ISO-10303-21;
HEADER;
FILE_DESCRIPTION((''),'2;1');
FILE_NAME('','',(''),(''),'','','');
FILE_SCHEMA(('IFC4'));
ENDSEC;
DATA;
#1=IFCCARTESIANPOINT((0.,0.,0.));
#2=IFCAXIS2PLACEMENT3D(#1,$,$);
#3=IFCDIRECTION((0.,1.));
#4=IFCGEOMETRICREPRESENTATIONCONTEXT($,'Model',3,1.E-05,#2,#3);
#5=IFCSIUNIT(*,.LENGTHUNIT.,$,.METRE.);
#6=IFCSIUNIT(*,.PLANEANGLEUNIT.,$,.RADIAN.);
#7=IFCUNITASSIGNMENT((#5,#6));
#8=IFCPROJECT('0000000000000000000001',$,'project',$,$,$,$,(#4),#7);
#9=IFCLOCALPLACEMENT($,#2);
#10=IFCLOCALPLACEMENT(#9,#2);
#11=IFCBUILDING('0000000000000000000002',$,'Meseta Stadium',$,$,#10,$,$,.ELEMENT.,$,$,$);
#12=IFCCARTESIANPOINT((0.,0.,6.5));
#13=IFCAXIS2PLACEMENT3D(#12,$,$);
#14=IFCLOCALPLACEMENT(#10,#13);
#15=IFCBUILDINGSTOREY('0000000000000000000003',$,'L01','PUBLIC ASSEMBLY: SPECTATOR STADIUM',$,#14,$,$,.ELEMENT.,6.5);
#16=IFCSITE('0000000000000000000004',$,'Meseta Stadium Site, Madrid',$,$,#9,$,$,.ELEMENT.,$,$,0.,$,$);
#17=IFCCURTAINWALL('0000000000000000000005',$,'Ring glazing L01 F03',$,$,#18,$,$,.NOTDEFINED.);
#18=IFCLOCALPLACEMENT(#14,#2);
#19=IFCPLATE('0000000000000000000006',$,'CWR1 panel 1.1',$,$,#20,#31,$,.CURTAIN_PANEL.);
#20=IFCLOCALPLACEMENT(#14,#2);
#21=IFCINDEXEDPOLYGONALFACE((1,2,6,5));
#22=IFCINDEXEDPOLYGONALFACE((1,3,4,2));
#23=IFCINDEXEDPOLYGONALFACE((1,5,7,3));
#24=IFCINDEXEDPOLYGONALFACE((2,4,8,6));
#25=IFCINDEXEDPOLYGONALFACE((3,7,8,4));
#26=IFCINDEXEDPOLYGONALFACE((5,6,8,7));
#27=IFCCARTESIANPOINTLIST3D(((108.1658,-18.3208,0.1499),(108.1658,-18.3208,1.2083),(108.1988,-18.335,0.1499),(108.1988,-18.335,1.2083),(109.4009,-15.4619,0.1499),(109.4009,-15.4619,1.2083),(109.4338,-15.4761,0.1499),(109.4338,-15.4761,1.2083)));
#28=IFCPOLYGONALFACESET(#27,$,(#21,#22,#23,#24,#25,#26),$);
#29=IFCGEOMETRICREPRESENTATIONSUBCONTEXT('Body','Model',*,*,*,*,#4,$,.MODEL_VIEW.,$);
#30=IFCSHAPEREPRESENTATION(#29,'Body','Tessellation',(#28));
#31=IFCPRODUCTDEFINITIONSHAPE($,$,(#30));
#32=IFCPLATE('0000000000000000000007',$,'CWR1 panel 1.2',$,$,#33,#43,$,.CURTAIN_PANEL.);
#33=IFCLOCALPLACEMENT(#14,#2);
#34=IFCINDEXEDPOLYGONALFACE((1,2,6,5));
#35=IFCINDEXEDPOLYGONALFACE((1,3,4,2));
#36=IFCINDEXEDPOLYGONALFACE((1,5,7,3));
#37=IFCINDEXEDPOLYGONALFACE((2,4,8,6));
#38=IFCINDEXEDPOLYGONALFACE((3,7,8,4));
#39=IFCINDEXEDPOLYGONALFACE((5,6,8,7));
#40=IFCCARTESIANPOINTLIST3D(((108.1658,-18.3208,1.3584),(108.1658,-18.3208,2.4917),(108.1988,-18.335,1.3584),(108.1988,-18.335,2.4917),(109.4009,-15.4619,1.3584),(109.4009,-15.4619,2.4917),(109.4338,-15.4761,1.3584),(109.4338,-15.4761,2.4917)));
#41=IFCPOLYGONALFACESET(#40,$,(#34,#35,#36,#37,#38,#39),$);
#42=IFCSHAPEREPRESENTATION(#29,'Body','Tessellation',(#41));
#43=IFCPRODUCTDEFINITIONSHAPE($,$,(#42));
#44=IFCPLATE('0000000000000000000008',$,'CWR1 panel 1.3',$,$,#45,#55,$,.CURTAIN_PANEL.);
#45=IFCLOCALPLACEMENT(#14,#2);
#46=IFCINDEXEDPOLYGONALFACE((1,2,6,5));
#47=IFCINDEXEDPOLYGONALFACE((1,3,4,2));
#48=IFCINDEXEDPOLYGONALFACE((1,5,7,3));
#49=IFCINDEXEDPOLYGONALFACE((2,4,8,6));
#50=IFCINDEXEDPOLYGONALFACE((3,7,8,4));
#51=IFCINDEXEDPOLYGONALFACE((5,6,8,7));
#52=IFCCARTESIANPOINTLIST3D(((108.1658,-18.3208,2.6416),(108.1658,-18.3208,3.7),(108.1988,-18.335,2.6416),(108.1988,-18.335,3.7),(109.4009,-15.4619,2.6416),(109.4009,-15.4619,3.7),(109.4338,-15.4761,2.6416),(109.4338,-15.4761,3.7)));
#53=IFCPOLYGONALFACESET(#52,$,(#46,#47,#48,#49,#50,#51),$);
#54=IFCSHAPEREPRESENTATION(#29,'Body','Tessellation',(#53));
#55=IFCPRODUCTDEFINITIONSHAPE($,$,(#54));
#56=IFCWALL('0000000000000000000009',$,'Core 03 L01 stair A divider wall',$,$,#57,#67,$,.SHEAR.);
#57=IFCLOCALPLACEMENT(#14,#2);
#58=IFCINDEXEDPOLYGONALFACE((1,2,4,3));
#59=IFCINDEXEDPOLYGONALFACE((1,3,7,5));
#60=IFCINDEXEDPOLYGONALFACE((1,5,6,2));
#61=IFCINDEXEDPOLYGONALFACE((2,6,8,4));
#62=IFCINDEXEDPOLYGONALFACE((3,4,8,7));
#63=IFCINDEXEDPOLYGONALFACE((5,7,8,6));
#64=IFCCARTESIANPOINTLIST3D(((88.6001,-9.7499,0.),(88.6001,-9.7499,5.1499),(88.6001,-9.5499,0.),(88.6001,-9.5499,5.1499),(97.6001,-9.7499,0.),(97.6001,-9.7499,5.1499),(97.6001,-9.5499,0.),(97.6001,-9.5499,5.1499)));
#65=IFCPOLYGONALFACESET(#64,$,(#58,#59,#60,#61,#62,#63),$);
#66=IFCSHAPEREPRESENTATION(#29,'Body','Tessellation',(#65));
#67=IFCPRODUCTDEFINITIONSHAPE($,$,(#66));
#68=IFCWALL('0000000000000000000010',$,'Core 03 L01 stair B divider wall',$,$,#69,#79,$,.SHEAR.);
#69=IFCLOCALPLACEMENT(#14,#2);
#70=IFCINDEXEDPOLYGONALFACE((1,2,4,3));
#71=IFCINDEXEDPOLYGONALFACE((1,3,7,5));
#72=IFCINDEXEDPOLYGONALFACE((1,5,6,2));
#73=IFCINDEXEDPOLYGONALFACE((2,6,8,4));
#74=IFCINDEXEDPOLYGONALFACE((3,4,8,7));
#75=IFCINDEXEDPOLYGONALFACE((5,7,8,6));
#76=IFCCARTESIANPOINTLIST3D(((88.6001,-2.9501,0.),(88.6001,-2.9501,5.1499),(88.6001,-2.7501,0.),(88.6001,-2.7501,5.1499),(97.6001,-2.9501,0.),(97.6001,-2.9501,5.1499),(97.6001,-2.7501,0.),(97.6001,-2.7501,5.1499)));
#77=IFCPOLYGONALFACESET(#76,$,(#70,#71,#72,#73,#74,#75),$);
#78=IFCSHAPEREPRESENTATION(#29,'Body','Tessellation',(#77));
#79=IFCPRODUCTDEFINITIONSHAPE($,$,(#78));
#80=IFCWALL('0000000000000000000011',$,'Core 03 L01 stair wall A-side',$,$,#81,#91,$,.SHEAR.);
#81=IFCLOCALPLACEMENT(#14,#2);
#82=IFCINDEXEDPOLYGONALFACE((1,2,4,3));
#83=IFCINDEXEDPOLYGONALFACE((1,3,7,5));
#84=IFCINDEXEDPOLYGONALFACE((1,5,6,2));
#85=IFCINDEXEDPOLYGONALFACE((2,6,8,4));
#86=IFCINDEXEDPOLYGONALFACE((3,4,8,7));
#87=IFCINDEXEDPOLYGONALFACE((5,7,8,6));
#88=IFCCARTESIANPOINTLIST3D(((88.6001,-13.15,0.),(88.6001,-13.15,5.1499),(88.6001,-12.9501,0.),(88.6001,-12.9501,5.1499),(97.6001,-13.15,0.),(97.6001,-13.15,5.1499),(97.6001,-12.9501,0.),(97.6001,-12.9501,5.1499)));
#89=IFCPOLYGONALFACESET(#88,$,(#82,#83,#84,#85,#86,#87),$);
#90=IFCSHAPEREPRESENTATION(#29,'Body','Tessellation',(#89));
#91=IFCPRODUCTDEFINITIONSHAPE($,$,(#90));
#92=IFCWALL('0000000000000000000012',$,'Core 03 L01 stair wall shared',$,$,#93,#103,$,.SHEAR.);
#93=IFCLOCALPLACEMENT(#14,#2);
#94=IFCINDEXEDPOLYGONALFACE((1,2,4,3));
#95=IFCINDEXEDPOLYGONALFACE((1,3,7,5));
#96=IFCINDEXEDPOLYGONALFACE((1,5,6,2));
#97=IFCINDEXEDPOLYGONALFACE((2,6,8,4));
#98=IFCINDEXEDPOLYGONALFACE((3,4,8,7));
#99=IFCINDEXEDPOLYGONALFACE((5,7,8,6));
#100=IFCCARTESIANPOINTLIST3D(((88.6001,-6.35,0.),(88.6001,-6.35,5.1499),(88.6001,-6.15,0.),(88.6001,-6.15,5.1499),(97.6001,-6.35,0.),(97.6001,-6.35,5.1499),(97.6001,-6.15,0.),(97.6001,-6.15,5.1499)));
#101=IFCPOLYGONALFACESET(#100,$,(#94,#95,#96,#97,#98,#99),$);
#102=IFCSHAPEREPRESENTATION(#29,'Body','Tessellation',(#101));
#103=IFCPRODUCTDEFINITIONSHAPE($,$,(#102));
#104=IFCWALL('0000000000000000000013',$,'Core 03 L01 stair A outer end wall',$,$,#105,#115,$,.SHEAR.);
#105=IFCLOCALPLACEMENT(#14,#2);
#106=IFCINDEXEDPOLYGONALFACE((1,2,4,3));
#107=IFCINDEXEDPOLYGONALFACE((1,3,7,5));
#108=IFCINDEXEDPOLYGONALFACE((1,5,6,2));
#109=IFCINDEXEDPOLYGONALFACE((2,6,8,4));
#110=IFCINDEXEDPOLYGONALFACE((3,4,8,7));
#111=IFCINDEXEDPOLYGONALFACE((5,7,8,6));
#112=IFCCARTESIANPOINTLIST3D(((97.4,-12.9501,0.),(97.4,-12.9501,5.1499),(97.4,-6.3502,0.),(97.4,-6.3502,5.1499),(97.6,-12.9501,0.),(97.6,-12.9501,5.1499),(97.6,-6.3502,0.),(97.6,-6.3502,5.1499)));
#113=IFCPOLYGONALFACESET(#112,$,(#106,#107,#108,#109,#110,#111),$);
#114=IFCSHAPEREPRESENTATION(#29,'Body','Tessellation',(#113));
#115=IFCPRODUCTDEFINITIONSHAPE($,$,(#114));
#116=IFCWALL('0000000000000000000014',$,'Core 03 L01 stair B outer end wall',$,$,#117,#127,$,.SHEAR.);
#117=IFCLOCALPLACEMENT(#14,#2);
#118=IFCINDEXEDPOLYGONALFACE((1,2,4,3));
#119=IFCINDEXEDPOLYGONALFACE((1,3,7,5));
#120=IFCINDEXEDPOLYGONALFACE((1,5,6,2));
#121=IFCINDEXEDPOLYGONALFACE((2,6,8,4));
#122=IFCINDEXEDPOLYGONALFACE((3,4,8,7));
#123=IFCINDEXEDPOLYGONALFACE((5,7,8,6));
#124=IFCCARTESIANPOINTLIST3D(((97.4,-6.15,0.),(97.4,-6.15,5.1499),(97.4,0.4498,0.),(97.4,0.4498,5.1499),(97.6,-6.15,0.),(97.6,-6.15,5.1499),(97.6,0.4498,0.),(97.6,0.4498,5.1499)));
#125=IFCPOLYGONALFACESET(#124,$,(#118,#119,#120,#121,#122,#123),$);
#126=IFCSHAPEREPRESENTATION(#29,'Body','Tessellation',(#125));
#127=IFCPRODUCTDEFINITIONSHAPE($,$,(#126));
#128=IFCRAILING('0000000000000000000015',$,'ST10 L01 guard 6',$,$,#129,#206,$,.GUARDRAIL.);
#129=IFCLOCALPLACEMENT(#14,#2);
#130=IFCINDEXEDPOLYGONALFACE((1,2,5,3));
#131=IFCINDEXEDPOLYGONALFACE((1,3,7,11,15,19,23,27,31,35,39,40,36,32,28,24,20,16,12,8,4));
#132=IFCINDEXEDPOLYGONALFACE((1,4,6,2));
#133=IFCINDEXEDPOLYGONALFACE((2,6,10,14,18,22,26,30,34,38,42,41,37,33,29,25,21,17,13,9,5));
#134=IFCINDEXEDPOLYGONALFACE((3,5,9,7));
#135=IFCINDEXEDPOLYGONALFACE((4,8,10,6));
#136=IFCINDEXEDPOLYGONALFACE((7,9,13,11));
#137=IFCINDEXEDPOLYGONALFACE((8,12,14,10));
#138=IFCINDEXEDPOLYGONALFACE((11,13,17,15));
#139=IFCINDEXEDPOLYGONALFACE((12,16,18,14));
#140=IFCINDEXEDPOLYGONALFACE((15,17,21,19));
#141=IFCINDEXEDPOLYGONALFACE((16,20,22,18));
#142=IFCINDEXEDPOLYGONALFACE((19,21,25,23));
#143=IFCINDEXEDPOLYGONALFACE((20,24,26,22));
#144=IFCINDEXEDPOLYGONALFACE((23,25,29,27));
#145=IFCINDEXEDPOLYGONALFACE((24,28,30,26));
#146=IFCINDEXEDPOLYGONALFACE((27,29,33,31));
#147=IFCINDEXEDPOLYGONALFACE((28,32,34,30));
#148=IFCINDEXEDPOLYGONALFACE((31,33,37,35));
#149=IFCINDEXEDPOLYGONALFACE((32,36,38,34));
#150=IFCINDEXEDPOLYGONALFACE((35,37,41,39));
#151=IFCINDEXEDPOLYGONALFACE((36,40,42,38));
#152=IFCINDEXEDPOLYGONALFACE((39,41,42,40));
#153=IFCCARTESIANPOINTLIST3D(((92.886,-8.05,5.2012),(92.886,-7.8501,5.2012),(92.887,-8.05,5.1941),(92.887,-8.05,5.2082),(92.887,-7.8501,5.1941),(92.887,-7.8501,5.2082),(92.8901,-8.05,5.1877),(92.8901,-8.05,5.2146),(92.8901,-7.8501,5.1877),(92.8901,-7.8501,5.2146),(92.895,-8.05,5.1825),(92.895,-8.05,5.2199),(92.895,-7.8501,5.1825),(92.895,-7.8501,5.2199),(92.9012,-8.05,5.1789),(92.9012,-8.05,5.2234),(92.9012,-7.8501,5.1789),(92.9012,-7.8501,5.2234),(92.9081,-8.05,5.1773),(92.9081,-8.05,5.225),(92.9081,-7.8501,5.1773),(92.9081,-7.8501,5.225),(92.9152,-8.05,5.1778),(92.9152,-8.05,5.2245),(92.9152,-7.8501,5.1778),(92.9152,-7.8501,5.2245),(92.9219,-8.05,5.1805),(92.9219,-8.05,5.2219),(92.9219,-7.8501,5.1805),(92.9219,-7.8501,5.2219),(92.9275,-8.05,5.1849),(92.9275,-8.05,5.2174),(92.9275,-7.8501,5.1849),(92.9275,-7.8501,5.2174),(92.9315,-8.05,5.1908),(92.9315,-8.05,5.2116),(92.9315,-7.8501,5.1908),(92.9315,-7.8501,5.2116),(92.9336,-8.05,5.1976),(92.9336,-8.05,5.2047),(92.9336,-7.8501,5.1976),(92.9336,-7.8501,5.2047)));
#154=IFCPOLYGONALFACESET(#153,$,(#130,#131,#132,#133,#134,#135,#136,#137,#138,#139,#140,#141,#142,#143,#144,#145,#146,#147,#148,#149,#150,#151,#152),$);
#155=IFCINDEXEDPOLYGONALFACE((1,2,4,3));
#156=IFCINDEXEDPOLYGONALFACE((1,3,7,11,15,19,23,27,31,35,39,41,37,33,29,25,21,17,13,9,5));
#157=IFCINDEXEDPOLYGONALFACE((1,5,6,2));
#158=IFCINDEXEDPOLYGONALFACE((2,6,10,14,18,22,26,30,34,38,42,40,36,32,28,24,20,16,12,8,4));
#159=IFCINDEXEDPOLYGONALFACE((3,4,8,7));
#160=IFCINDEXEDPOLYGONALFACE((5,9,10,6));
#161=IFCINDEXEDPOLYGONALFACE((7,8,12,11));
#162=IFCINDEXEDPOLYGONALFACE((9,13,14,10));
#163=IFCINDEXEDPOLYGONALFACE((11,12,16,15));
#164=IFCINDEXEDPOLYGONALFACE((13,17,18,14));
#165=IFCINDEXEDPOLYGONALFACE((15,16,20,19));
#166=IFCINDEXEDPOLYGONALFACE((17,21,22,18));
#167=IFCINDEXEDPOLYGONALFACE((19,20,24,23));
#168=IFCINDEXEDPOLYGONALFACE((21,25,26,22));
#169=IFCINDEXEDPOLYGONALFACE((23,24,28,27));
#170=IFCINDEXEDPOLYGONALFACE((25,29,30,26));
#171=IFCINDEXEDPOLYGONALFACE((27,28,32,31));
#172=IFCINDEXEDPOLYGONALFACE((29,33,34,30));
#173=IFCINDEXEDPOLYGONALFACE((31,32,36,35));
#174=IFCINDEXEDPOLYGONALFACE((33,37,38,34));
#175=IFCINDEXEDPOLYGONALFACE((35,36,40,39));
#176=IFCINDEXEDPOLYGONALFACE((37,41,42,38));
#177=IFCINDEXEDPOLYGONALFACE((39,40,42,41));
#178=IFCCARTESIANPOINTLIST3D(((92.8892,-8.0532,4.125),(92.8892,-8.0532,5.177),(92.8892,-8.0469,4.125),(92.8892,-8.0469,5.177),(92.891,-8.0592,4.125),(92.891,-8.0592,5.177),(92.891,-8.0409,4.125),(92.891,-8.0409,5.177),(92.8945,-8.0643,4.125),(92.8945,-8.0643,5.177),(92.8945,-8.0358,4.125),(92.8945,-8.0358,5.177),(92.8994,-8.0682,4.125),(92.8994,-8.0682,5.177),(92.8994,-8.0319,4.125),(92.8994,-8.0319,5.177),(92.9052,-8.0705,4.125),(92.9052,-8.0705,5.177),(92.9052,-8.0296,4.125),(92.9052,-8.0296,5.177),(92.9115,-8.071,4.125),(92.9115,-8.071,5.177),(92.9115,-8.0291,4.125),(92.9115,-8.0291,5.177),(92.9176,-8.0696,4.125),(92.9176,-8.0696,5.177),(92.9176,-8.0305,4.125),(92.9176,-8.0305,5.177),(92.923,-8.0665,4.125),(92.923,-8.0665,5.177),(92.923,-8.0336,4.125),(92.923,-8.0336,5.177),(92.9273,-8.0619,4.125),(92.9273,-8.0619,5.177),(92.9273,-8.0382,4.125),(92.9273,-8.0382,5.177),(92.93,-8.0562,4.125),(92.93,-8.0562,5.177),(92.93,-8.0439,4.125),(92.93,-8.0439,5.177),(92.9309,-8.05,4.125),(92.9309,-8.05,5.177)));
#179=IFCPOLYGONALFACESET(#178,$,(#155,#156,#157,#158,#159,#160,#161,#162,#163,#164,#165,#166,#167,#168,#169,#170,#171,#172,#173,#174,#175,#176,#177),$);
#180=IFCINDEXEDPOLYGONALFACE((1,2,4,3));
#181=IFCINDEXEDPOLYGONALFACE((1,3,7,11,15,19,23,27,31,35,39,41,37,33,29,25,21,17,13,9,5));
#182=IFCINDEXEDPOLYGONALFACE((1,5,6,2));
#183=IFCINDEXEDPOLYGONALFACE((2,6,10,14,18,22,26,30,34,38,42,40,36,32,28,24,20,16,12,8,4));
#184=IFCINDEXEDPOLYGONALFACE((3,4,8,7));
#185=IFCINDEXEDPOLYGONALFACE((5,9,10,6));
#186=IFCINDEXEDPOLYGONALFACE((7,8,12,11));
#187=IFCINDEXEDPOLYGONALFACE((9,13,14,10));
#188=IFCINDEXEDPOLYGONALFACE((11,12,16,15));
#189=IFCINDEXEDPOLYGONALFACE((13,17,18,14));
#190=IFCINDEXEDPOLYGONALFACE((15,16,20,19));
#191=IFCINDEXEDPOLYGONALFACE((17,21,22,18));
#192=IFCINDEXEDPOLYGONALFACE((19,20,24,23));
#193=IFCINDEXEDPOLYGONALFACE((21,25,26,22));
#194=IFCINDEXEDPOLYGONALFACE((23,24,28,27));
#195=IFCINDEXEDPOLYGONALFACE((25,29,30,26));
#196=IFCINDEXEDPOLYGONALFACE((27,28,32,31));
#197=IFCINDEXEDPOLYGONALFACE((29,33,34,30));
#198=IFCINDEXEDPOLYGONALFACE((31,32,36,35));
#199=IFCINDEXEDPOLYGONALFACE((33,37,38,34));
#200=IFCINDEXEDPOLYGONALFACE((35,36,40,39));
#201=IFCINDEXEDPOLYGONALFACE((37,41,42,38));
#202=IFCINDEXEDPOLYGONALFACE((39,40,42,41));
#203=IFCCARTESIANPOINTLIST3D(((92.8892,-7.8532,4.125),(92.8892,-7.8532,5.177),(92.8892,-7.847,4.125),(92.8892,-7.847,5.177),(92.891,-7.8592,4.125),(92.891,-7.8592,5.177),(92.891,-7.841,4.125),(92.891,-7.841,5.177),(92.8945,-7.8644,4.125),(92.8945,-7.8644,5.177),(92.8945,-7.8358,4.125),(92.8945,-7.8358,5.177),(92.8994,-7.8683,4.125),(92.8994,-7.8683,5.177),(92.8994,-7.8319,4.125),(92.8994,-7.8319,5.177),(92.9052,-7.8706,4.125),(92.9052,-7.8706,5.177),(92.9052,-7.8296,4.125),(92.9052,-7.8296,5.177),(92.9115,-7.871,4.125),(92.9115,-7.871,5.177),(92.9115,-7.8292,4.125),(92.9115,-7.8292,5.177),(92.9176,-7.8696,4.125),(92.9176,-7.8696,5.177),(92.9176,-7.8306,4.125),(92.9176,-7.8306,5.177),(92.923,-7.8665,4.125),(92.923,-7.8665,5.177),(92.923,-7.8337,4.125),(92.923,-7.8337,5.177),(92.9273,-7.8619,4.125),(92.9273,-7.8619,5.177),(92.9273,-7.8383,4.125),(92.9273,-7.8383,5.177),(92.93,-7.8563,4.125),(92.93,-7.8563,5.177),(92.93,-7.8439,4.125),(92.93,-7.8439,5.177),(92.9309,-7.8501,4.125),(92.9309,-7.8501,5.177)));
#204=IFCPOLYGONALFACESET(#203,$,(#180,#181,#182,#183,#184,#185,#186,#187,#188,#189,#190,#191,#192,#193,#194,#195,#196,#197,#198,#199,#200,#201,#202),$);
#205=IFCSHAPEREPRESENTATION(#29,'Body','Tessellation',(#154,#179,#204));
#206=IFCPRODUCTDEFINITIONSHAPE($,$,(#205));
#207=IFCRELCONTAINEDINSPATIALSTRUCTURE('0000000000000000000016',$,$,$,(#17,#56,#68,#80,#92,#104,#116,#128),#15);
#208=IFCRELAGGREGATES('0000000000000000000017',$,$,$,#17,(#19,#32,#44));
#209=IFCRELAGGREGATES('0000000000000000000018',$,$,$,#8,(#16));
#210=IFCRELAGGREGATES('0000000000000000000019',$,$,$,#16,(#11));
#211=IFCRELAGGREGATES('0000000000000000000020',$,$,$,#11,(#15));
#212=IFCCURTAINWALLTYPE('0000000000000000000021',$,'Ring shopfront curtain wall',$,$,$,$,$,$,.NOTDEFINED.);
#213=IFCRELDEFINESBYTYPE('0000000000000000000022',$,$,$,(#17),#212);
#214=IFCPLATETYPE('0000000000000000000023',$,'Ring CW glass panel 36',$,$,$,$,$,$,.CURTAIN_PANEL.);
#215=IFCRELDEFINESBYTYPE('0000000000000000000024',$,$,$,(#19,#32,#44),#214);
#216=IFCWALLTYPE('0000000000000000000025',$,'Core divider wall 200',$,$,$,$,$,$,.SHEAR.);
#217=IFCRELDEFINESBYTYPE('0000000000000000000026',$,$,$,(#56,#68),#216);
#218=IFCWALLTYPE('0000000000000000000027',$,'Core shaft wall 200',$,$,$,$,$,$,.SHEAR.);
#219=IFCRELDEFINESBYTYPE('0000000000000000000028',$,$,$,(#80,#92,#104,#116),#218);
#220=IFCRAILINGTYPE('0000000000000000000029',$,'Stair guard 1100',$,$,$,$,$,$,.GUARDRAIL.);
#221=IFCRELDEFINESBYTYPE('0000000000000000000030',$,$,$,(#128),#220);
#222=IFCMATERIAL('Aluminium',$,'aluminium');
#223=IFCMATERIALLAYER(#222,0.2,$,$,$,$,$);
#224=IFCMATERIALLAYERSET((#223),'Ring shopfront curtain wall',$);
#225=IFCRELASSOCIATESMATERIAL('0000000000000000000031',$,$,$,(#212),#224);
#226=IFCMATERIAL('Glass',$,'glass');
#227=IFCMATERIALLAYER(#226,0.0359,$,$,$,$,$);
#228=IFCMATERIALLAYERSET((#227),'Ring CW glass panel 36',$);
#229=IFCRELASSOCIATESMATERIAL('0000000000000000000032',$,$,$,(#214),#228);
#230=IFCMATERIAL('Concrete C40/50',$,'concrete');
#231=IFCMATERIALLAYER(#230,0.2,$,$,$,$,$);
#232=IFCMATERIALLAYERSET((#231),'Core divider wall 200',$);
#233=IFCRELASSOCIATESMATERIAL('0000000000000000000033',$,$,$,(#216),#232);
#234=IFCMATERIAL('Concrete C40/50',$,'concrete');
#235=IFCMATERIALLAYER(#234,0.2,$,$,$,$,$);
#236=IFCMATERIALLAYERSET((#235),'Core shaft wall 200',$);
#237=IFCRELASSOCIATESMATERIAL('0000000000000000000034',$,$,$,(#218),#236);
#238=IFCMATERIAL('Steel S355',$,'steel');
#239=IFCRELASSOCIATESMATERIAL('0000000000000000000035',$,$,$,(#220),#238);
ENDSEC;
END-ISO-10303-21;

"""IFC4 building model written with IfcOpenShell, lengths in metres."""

from ifc_helpers import new_model, si_unit, direction, frame, frame_2d, origin, origin_2d, place, context, subcontext, project, spatial, rectangle, circle, extrude, material, layer, layer_set, type_object, element, aggregate, save


model = new_model("IFC4")

# Units and contexts
model_context = context("Model", 3, precision=1e-05, world=origin(), true_north=direction((0.0, 1.0)))
body_context = subcontext(model_context, "Body", "Model", "MODEL_VIEW")
ifc_project = project(units=[si_unit("LENGTHUNIT", "METRE"), si_unit("PLANEANGLEUNIT", "RADIAN")], contexts=[model_context])

# Site, building, storey
site_placement = place(None, origin())
site = spatial("IfcSite", under=ifc_project, at=site_placement, Name="Meseta Stadium Site, Madrid", CompositionType="ELEMENT", RefElevation=0.0)
building_placement = place(site_placement, origin())
building = spatial("IfcBuilding", under=site, at=building_placement, Name="Meseta Stadium", CompositionType="ELEMENT")
storey_placement = place(building_placement, frame((0.0, 0.0, 6.5)))
storey = spatial("IfcBuildingStorey", under=building, at=storey_placement, Name="L01", Description="PUBLIC ASSEMBLY: SPECTATOR STADIUM", CompositionType="ELEMENT", Elevation=6.5)

# Curtain wall, plates
ifc_material_1 = material(Name="Aluminium", Category="aluminium")
ifc_layer_1 = layer(ifc_material_1, 0.2)
ifc_layer_set_1 = layer_set([ifc_layer_1], Name="Ring shopfront curtain wall")
curtain_wall_type = type_object("IfcCurtainWallType", Name="Ring shopfront curtain wall", PredefinedType="NOTDEFINED", material=ifc_layer_set_1)
curtain_wall_placement = place(storey_placement, origin())
curtain_wall = element("IfcCurtainWall", 1, at=curtain_wall_placement, inside=storey, type_object=curtain_wall_type, Name="Ring glazing L01 F03", PredefinedType="NOTDEFINED")
ifc_material_2 = material(Name="Glass", Category="glass")
ifc_layer_2 = layer(ifc_material_2, 0.0359)
ifc_layer_set_2 = layer_set([ifc_layer_2], Name="Ring CW glass panel 36")
plate_type = type_object("IfcPlateType", Name="Ring CW glass panel 36", PredefinedType="CURTAIN_PANEL", material=ifc_layer_set_2)
plate_1_placement = place(storey_placement, frame((108.7998, -16.8984, 0.1499), z_axis=(0.0, 0.0, 1.0), x_axis=(0.396581, 0.918, 0.0)))
plate_1 = element("IfcPlate", 2, at=plate_1_placement, type_object=plate_type, Name="CWR1 panel 1.1", PredefinedType="CURTAIN_PANEL", context=body_context, shape_type="SweptSolid", body=[
    extrude(rectangle(XDim=3.1143, YDim=0.0359, at=origin_2d()), origin(), (0.0, 0.0, 1.0), 1.0583),
])
plate_2_placement = place(storey_placement, frame((108.7998, -16.8984, 1.3584), z_axis=(0.0, 0.0, 1.0), x_axis=(0.396581, 0.918, 0.0)))
plate_2 = element("IfcPlate", 3, at=plate_2_placement, type_object=plate_type, Name="CWR1 panel 1.2", PredefinedType="CURTAIN_PANEL", context=body_context, shape_type="SweptSolid", body=[
    extrude(rectangle(XDim=3.1143, YDim=0.0359, at=origin_2d()), origin(), (0.0, 0.0, 1.0), 1.1333),
])
plate_3_placement = place(storey_placement, frame((108.7998, -16.8984, 2.6416), z_axis=(0.0, 0.0, 1.0), x_axis=(0.396581, 0.918, 0.0)))
plate_3 = element("IfcPlate", 4, at=plate_3_placement, type_object=plate_type, Name="CWR1 panel 1.3", PredefinedType="CURTAIN_PANEL", context=body_context, shape_type="SweptSolid", body=[
    extrude(rectangle(XDim=3.1143, YDim=0.0359, at=origin_2d()), origin(), (0.0, 0.0, 1.0), 1.0583),
])
aggregate(curtain_wall, [plate_1, plate_2, plate_3])

# Walls
ifc_material_3 = material(Name="Concrete C40/50", Category="concrete")
ifc_layer_3 = layer(ifc_material_3, 0.2)
ifc_layer_set_3 = layer_set([ifc_layer_3], Name="Core divider wall 200")
wall_type_1 = type_object("IfcWallType", Name="Core divider wall 200", PredefinedType="SHEAR", material=ifc_layer_set_3)
for number, where, z_axis, x_axis, name in (
    (5, (97.6001, -9.6499, 0.0), (0.0, 0.0, 1.0), (-1.0, 0.0, 0.0), "Core 03 L01 stair A divider wall"),
    (6, (97.6001, -2.8501, 0.0), (0.0, 0.0, 1.0), (-1.0, 0.0, 0.0), "Core 03 L01 stair B divider wall"),
):
    element("IfcWall", number, at=place(storey_placement, frame(where, z_axis=z_axis, x_axis=x_axis)), inside=storey, type_object=wall_type_1, Name=name, PredefinedType="SHEAR", context=body_context, shape_type="SweptSolid", body=[
        extrude(rectangle(XDim=9.0, YDim=0.2, at=frame_2d((4.5, 0.0))), origin(), (0.0, 0.0, 1.0), 5.1499),
    ])
ifc_material_4 = material(Name="Concrete C40/50", Category="concrete")
ifc_layer_4 = layer(ifc_material_4, 0.2)
ifc_layer_set_4 = layer_set([ifc_layer_4], Name="Core shaft wall 200")
wall_type_2 = type_object("IfcWallType", Name="Core shaft wall 200", PredefinedType="SHEAR", material=ifc_layer_set_4)
for number, where, z_axis, x_axis, name in (
    (7, (97.6001, -13.05, 0.0), (0.0, 0.0, 1.0), (-1.0, 0.0, 0.0), "Core 03 L01 stair wall A-side"),
    (8, (97.6001, -6.25, 0.0), (0.0, 0.0, 1.0), (-1.0, 0.0, 0.0), "Core 03 L01 stair wall shared"),
):
    element("IfcWall", number, at=place(storey_placement, frame(where, z_axis=z_axis, x_axis=x_axis)), inside=storey, type_object=wall_type_2, Name=name, PredefinedType="SHEAR", context=body_context, shape_type="SweptSolid", body=[
        extrude(rectangle(XDim=9.0, YDim=0.2, at=frame_2d((4.5, 0.0))), origin(), (0.0, 0.0, 1.0), 5.1499),
    ])
for number, where, z_axis, x_axis, name in (
    (9, (97.5, -12.95, 0.0), (0.0, 0.0, 1.0), (0.0, 1.0, 0.0), "Core 03 L01 stair A outer end wall"),
    (10, (97.5, -6.1499, 0.0), (0.0, 0.0, 1.0), (0.0, 1.0, 0.0), "Core 03 L01 stair B outer end wall"),
):
    element("IfcWall", number, at=place(storey_placement, frame(where, z_axis=z_axis, x_axis=x_axis)), inside=storey, type_object=wall_type_2, Name=name, PredefinedType="SHEAR", context=body_context, shape_type="SweptSolid", body=[
        extrude(rectangle(XDim=6.5999, YDim=0.2, at=frame_2d((3.2998, 0.0))), origin(), (0.0, 0.0, 1.0), 5.1499),
    ])

# Railing
ifc_material_5 = material(Name="Steel S355", Category="steel")
railing_type = type_object("IfcRailingType", Name="Stair guard 1100", PredefinedType="GUARDRAIL", material=ifc_material_5)
for number, where, name in (
    (11, (92.9099, -8.05, 4.125), "ST10 L01 guard 6"),
):
    element("IfcRailing", number, at=place(storey_placement, frame(where)), inside=storey, type_object=railing_type, Name=name, PredefinedType="GUARDRAIL", context=body_context, shape_type="SweptSolid", body=[
        extrude(circle(Radius=0.0239, at=origin_2d()), frame((0.0, 0.0, 1.0762), z_axis=(0.0, 1.0, 0.0), x_axis=(-1.0, 0.0, 0.0)), (0.0, 0.0, 1.0), 0.2),
        extrude(circle(Radius=0.021, at=origin_2d()), origin(), (0.0, 0.0, 1.0), 1.052),
        extrude(circle(Radius=0.021, at=origin_2d()), frame((0.0, 0.2, 0.0)), (0.0, 0.0, 1.0), 1.052),
    ])

save(model, "model.ifc")
